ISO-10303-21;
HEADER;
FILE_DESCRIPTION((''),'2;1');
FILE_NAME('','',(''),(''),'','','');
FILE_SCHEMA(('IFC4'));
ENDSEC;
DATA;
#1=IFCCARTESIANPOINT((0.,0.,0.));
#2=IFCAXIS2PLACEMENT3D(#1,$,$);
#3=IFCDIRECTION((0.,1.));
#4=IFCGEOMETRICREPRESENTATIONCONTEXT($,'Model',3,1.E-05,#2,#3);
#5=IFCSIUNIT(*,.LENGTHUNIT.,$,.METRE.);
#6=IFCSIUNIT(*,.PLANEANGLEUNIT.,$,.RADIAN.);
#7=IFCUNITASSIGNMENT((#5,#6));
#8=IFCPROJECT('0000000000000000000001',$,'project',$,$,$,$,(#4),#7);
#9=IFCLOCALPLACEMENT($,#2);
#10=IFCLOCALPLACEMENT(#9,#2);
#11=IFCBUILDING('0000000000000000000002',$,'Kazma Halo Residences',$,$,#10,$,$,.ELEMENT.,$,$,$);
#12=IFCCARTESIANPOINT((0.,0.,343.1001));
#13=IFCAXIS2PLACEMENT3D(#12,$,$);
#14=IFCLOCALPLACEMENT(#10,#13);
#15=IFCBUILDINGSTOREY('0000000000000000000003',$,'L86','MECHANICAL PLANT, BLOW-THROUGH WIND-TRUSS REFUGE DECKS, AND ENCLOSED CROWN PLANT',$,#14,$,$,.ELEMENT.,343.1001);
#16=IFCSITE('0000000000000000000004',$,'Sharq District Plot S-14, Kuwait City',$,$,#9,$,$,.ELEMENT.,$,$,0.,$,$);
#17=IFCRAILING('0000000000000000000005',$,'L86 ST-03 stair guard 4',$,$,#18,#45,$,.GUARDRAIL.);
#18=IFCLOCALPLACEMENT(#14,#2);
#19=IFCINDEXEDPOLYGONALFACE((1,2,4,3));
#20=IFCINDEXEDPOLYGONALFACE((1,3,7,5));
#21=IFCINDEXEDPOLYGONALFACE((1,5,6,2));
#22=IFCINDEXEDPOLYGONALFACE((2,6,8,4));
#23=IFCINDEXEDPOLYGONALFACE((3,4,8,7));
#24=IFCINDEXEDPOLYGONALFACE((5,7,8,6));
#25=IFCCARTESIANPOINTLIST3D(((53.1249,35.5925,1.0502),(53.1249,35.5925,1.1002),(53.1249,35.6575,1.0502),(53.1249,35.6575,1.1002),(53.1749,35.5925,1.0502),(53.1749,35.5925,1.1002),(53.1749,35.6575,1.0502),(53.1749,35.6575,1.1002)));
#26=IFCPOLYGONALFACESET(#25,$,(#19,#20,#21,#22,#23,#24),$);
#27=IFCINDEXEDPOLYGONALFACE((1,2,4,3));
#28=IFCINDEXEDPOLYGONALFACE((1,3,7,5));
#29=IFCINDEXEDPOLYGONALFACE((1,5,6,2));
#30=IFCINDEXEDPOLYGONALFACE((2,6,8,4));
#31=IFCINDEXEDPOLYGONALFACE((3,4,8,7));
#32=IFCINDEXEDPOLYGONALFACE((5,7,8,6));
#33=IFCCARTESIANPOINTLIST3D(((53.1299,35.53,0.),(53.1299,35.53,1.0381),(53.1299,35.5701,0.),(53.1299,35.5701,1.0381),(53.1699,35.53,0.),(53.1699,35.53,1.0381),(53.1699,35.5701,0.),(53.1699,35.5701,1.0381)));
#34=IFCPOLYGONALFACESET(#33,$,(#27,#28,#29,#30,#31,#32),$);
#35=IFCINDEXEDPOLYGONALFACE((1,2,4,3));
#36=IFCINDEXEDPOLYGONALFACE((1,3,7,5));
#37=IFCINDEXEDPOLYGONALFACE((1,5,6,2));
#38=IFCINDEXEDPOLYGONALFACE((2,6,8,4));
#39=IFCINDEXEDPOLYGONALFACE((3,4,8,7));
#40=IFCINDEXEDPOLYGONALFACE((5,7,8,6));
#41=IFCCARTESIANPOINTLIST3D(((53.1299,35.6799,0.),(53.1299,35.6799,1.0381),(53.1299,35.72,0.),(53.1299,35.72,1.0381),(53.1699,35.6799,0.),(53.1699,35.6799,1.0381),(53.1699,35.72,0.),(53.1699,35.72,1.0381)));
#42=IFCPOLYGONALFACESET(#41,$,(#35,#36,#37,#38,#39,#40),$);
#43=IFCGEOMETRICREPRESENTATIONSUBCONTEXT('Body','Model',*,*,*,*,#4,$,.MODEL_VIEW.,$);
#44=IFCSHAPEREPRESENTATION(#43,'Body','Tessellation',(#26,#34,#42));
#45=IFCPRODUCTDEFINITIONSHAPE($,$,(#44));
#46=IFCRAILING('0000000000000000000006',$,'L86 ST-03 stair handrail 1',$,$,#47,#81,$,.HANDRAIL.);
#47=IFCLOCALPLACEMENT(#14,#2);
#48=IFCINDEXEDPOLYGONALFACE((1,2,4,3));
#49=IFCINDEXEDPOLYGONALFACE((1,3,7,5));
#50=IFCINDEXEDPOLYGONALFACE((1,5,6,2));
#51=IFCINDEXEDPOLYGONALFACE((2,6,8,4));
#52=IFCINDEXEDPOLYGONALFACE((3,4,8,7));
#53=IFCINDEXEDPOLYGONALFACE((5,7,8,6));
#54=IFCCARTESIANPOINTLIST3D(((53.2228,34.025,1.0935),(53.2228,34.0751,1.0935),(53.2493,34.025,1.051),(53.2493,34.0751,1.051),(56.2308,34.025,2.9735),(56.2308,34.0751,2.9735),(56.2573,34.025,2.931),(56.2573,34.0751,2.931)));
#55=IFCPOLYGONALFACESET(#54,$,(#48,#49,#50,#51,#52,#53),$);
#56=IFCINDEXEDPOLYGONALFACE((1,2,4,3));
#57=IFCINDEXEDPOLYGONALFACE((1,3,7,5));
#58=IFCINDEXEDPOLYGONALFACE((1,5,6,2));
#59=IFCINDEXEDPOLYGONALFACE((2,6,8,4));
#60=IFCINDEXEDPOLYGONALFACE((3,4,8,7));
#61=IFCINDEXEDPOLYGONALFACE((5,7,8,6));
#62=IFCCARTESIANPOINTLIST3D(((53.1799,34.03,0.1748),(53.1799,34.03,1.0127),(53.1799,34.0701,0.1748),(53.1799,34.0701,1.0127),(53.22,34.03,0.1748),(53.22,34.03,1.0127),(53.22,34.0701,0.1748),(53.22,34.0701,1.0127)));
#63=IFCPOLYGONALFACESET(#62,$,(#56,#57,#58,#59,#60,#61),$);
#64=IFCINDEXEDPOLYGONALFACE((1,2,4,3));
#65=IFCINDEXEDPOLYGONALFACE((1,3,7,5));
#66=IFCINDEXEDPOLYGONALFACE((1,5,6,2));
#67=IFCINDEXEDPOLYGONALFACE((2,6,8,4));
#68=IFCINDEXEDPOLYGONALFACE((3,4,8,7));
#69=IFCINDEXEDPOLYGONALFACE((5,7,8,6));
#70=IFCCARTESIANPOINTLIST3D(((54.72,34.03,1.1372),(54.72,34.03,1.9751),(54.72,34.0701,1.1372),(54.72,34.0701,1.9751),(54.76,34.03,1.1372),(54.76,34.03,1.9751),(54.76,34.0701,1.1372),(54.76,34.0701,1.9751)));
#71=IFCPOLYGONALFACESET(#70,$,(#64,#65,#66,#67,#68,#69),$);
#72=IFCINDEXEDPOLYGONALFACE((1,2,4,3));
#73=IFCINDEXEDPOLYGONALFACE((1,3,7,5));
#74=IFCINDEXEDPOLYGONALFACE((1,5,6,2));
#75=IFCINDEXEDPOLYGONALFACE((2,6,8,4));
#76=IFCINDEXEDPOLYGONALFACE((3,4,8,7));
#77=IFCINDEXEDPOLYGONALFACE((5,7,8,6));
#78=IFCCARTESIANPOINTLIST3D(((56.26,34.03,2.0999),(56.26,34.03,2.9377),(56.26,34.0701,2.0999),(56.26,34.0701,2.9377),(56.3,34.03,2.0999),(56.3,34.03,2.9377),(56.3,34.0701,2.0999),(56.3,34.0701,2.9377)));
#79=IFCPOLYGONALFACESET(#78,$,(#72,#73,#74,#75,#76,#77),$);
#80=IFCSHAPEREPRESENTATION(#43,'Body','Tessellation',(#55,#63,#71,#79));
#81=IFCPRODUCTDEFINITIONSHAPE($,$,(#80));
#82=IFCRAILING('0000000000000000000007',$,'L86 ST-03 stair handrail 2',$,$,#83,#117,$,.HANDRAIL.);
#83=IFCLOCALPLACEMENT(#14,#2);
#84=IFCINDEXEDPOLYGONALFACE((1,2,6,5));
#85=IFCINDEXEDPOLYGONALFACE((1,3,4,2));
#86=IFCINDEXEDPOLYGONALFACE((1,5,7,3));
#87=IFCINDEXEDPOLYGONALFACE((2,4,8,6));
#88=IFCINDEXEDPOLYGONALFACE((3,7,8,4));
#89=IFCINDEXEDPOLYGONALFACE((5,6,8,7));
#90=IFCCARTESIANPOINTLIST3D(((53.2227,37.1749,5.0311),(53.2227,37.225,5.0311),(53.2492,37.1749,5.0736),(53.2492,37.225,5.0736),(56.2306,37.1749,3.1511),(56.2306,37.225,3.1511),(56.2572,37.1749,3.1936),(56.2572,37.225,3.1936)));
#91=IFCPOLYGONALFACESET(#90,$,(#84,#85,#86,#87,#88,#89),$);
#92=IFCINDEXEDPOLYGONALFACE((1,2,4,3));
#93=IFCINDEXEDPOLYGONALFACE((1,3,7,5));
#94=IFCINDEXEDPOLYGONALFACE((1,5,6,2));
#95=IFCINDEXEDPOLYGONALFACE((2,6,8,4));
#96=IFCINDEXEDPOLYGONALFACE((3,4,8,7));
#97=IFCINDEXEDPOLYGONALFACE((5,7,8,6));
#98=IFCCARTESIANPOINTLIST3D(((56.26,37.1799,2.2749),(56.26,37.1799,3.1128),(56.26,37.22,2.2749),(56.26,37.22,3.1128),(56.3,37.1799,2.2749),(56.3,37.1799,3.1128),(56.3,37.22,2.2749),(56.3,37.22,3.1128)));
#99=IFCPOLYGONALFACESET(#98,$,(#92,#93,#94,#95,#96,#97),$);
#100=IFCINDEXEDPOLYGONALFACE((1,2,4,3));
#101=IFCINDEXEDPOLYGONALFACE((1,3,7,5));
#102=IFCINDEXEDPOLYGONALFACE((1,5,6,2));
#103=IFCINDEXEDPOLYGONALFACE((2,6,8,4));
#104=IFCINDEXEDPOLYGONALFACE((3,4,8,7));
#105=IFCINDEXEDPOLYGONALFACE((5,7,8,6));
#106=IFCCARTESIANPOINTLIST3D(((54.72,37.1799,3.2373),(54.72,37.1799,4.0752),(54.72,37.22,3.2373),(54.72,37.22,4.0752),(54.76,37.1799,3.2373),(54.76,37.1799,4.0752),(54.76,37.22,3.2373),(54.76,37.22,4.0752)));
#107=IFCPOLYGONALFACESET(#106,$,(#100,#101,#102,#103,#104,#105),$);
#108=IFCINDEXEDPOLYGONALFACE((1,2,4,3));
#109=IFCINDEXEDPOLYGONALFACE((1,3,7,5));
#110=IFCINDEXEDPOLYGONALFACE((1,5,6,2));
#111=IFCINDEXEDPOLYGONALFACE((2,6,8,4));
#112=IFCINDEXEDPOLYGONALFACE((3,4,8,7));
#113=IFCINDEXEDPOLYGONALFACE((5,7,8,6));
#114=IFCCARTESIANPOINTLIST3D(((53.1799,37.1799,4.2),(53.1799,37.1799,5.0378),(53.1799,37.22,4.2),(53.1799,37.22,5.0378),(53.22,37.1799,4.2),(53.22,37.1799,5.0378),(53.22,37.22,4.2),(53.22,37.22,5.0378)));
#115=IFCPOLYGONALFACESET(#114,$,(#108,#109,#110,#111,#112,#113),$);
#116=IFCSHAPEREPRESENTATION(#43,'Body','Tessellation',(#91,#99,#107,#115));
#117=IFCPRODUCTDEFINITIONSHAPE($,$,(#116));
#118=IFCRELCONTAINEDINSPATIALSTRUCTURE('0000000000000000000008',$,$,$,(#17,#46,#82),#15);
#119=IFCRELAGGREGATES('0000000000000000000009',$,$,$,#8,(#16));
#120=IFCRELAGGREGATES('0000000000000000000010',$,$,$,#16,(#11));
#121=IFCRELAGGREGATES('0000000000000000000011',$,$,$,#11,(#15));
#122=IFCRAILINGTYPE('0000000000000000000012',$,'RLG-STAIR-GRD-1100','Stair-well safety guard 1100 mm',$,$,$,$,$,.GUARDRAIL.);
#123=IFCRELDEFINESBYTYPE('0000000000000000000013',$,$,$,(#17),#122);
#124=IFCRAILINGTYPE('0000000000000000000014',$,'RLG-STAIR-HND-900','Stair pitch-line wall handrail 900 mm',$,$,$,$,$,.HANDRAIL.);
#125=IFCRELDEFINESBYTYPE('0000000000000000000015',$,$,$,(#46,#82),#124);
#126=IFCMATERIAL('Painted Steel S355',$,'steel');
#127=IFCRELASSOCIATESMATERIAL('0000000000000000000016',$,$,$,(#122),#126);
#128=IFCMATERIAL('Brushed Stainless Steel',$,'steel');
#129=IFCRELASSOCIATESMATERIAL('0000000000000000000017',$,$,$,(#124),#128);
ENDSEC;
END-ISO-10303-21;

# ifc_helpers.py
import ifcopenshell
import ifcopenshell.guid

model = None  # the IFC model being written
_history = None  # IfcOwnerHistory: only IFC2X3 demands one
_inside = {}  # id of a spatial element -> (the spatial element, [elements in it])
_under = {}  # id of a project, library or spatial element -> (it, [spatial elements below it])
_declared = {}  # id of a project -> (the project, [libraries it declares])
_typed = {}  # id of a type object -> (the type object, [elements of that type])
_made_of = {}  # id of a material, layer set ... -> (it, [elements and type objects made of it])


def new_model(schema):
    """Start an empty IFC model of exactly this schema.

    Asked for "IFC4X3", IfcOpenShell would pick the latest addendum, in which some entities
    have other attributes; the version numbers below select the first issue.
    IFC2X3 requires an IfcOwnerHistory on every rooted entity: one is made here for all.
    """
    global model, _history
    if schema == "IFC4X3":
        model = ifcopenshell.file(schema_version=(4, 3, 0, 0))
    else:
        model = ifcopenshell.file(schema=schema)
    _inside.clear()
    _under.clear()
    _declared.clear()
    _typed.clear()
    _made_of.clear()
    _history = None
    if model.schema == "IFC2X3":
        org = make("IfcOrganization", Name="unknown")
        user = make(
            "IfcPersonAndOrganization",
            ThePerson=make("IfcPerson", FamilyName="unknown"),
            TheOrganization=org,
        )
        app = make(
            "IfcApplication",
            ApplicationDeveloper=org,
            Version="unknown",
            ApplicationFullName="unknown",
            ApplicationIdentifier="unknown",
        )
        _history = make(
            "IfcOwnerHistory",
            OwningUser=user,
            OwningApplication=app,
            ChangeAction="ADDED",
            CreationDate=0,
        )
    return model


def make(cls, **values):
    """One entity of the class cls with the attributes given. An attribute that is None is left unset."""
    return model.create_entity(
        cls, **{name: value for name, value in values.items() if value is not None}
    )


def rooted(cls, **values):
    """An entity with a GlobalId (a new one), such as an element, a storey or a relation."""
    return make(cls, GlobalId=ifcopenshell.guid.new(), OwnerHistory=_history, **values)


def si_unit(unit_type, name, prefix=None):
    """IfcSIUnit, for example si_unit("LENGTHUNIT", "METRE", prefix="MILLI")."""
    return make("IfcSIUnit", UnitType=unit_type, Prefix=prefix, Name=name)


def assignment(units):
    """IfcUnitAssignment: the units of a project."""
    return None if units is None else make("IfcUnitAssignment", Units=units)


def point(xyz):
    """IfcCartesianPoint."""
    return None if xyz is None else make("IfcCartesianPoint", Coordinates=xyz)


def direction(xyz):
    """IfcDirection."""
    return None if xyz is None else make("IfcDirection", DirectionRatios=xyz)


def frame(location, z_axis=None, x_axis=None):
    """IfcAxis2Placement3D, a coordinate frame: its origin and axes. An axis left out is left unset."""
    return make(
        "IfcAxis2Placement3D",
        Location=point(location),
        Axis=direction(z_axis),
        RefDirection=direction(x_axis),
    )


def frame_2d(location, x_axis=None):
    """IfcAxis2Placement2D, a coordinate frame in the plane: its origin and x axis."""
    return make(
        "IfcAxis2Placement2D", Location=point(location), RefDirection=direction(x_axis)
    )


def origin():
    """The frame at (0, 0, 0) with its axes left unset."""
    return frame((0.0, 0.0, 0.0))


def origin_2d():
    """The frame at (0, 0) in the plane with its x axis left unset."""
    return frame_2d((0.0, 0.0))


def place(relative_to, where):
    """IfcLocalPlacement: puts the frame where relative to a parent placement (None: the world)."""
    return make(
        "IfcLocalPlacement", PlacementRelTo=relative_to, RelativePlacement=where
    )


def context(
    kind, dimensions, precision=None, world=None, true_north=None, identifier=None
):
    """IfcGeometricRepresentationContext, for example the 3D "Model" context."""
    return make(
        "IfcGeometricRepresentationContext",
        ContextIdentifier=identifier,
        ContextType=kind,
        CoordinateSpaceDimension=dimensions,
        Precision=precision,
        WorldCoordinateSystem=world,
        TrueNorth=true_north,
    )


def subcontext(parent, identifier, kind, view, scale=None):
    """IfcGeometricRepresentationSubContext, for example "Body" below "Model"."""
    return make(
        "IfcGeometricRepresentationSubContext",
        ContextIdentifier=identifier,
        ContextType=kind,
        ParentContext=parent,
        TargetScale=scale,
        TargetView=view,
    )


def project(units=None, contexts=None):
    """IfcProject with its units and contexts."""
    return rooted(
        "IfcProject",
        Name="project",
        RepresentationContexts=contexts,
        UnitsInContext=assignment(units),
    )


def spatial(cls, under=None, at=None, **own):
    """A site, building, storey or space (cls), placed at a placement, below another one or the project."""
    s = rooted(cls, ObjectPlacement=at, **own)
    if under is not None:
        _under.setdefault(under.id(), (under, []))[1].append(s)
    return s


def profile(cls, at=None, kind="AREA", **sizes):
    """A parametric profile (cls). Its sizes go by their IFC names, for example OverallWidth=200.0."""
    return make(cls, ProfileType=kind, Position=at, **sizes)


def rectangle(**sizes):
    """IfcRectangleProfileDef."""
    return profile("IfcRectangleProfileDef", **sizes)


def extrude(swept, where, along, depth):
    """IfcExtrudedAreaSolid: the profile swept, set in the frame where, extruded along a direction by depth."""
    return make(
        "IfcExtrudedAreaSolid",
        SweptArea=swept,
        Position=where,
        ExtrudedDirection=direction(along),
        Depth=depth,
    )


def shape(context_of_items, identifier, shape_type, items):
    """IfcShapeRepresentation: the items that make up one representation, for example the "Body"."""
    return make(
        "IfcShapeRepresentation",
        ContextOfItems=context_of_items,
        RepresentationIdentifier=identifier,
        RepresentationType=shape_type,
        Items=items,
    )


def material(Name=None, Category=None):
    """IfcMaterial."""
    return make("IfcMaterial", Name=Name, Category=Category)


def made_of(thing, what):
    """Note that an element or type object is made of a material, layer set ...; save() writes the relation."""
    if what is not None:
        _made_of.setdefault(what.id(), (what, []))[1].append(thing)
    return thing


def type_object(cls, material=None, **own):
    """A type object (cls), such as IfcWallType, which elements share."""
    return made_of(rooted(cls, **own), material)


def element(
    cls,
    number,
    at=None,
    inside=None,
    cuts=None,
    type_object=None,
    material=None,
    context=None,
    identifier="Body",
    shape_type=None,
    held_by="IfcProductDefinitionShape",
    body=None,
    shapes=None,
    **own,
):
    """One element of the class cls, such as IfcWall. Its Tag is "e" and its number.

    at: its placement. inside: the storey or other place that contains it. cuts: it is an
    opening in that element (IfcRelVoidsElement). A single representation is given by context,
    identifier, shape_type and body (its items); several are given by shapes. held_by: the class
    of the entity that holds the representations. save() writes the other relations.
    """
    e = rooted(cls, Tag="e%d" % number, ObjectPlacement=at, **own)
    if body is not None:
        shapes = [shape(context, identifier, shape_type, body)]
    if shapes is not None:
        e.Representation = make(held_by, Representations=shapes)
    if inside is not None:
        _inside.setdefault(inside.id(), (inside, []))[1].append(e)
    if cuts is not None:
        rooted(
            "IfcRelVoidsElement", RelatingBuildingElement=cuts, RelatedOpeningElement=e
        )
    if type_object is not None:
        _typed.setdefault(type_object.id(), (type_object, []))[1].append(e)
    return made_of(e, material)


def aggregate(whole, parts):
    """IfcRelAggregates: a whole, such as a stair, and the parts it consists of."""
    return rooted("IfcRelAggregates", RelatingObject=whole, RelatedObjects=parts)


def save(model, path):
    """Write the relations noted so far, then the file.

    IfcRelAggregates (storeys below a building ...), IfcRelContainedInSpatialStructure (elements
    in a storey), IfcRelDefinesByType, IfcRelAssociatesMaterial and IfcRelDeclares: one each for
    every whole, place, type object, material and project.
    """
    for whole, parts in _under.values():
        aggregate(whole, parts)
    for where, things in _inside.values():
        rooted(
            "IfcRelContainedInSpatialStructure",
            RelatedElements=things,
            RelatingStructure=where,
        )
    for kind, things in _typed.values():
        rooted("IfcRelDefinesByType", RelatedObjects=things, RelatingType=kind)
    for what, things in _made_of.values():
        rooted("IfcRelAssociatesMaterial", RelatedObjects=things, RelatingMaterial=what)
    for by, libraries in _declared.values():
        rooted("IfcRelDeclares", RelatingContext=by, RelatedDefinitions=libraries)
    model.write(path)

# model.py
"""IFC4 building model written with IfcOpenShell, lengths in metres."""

from ifc_helpers import new_model, si_unit, direction, frame, origin, origin_2d, place, context, subcontext, project, spatial, rectangle, extrude, material, type_object, element, save


model = new_model("IFC4")

# Units and contexts
model_context = context("Model", 3, precision=1e-05, world=origin(), true_north=direction((0.0, 1.0)))
body_context = subcontext(model_context, "Body", "Model", "MODEL_VIEW")
ifc_project = project(units=[si_unit("LENGTHUNIT", "METRE"), si_unit("PLANEANGLEUNIT", "RADIAN")], contexts=[model_context])

# Site, building, storey
site_placement = place(None, origin())
site = spatial("IfcSite", under=ifc_project, at=site_placement, Name="Sharq District Plot S-14, Kuwait City", CompositionType="ELEMENT", RefElevation=0.0)
building_placement = place(site_placement, origin())
building = spatial("IfcBuilding", under=site, at=building_placement, Name="Kazma Halo Residences", CompositionType="ELEMENT")
storey_placement = place(building_placement, frame((0.0, 0.0, 343.1001)))
storey = spatial("IfcBuildingStorey", under=building, at=storey_placement, Name="L86", Description="MECHANICAL PLANT, BLOW-THROUGH WIND-TRUSS REFUGE DECKS, AND ENCLOSED CROWN PLANT", CompositionType="ELEMENT", Elevation=343.1001)

# Railings
ifc_material_1 = material(Name="Painted Steel S355", Category="steel")
railing_type_1 = type_object("IfcRailingType", Name="RLG-STAIR-GRD-1100", Description="Stair-well safety guard 1100 mm", PredefinedType="GUARDRAIL", material=ifc_material_1)
railing_1_placement = place(storey_placement, frame((53.1499, 35.55, 0.0)))
element("IfcRailing", 1, at=railing_1_placement, inside=storey, type_object=railing_type_1, Name="L86 ST-03 stair guard 4", PredefinedType="GUARDRAIL", context=body_context, shape_type="SweptSolid", body=[
    extrude(rectangle(XDim=0.05, YDim=0.05, at=origin_2d()), frame((0.0, 0.0425, 1.0752), z_axis=(0.0, 1.0, 0.0), x_axis=(-1.0, 0.0, 0.0)), (0.0, 0.0, 1.0), 0.0649),
    extrude(rectangle(XDim=0.04, YDim=0.04, at=origin_2d()), origin(), (0.0, 0.0, 1.0), 1.0381),
    extrude(rectangle(XDim=0.04, YDim=0.04, at=origin_2d()), frame((0.0, 0.1499, 0.0)), (0.0, 0.0, 1.0), 1.0381),
])
ifc_material_2 = material(Name="Brushed Stainless Steel", Category="steel")
railing_type_2 = type_object("IfcRailingType", Name="RLG-STAIR-HND-900", Description="Stair pitch-line wall handrail 900 mm", PredefinedType="HANDRAIL", material=ifc_material_2)
railing_2_placement = place(storey_placement, frame((53.2, 34.05, 0.1748)))
element("IfcRailing", 2, at=railing_2_placement, inside=storey, type_object=railing_type_2, Name="L86 ST-03 stair handrail 1", PredefinedType="HANDRAIL", context=body_context, shape_type="SweptSolid", body=[
    extrude(rectangle(XDim=0.05, YDim=0.05, at=origin_2d()), frame((0.0361, 0.0, 0.8975), z_axis=(0.847998, 0.0, 0.529999), x_axis=(0.0, 1.0, 0.0)), (0.0, 0.0, 1.0), 3.5471),
    extrude(rectangle(XDim=0.04, YDim=0.04, at=origin_2d()), origin(), (0.0, 0.0, 1.0), 0.8379),
    extrude(rectangle(XDim=0.04, YDim=0.04, at=origin_2d()), frame((1.54, 0.0, 0.9624)), (0.0, 0.0, 1.0), 0.8379),
    extrude(rectangle(XDim=0.04, YDim=0.04, at=origin_2d()), frame((3.0801, 0.0, 1.925)), (0.0, 0.0, 1.0), 0.8379),
])
railing_3_placement = place(storey_placement, frame((56.28, 37.2, 2.2749)))
element("IfcRailing", 3, at=railing_3_placement, inside=storey, type_object=railing_type_2, Name="L86 ST-03 stair handrail 2", PredefinedType="HANDRAIL", context=body_context, shape_type="SweptSolid", body=[
    extrude(rectangle(XDim=0.05, YDim=0.05, at=origin_2d()), frame((-0.0361, 0.0, 0.8975), z_axis=(-0.847998, 0.0, 0.529999), x_axis=(0.0, -1.0, 0.0)), (0.0, 0.0, 1.0), 3.5471),
    extrude(rectangle(XDim=0.04, YDim=0.04, at=origin_2d()), origin(), (0.0, 0.0, 1.0), 0.8379),
    extrude(rectangle(XDim=0.04, YDim=0.04, at=origin_2d()), frame((-1.54, 0.0, 0.9624)), (0.0, 0.0, 1.0), 0.8379),
    extrude(rectangle(XDim=0.04, YDim=0.04, at=origin_2d()), frame((-3.0801, 0.0, 1.925)), (0.0, 0.0, 1.0), 0.8379),
])

save(model, "model.ifc")
